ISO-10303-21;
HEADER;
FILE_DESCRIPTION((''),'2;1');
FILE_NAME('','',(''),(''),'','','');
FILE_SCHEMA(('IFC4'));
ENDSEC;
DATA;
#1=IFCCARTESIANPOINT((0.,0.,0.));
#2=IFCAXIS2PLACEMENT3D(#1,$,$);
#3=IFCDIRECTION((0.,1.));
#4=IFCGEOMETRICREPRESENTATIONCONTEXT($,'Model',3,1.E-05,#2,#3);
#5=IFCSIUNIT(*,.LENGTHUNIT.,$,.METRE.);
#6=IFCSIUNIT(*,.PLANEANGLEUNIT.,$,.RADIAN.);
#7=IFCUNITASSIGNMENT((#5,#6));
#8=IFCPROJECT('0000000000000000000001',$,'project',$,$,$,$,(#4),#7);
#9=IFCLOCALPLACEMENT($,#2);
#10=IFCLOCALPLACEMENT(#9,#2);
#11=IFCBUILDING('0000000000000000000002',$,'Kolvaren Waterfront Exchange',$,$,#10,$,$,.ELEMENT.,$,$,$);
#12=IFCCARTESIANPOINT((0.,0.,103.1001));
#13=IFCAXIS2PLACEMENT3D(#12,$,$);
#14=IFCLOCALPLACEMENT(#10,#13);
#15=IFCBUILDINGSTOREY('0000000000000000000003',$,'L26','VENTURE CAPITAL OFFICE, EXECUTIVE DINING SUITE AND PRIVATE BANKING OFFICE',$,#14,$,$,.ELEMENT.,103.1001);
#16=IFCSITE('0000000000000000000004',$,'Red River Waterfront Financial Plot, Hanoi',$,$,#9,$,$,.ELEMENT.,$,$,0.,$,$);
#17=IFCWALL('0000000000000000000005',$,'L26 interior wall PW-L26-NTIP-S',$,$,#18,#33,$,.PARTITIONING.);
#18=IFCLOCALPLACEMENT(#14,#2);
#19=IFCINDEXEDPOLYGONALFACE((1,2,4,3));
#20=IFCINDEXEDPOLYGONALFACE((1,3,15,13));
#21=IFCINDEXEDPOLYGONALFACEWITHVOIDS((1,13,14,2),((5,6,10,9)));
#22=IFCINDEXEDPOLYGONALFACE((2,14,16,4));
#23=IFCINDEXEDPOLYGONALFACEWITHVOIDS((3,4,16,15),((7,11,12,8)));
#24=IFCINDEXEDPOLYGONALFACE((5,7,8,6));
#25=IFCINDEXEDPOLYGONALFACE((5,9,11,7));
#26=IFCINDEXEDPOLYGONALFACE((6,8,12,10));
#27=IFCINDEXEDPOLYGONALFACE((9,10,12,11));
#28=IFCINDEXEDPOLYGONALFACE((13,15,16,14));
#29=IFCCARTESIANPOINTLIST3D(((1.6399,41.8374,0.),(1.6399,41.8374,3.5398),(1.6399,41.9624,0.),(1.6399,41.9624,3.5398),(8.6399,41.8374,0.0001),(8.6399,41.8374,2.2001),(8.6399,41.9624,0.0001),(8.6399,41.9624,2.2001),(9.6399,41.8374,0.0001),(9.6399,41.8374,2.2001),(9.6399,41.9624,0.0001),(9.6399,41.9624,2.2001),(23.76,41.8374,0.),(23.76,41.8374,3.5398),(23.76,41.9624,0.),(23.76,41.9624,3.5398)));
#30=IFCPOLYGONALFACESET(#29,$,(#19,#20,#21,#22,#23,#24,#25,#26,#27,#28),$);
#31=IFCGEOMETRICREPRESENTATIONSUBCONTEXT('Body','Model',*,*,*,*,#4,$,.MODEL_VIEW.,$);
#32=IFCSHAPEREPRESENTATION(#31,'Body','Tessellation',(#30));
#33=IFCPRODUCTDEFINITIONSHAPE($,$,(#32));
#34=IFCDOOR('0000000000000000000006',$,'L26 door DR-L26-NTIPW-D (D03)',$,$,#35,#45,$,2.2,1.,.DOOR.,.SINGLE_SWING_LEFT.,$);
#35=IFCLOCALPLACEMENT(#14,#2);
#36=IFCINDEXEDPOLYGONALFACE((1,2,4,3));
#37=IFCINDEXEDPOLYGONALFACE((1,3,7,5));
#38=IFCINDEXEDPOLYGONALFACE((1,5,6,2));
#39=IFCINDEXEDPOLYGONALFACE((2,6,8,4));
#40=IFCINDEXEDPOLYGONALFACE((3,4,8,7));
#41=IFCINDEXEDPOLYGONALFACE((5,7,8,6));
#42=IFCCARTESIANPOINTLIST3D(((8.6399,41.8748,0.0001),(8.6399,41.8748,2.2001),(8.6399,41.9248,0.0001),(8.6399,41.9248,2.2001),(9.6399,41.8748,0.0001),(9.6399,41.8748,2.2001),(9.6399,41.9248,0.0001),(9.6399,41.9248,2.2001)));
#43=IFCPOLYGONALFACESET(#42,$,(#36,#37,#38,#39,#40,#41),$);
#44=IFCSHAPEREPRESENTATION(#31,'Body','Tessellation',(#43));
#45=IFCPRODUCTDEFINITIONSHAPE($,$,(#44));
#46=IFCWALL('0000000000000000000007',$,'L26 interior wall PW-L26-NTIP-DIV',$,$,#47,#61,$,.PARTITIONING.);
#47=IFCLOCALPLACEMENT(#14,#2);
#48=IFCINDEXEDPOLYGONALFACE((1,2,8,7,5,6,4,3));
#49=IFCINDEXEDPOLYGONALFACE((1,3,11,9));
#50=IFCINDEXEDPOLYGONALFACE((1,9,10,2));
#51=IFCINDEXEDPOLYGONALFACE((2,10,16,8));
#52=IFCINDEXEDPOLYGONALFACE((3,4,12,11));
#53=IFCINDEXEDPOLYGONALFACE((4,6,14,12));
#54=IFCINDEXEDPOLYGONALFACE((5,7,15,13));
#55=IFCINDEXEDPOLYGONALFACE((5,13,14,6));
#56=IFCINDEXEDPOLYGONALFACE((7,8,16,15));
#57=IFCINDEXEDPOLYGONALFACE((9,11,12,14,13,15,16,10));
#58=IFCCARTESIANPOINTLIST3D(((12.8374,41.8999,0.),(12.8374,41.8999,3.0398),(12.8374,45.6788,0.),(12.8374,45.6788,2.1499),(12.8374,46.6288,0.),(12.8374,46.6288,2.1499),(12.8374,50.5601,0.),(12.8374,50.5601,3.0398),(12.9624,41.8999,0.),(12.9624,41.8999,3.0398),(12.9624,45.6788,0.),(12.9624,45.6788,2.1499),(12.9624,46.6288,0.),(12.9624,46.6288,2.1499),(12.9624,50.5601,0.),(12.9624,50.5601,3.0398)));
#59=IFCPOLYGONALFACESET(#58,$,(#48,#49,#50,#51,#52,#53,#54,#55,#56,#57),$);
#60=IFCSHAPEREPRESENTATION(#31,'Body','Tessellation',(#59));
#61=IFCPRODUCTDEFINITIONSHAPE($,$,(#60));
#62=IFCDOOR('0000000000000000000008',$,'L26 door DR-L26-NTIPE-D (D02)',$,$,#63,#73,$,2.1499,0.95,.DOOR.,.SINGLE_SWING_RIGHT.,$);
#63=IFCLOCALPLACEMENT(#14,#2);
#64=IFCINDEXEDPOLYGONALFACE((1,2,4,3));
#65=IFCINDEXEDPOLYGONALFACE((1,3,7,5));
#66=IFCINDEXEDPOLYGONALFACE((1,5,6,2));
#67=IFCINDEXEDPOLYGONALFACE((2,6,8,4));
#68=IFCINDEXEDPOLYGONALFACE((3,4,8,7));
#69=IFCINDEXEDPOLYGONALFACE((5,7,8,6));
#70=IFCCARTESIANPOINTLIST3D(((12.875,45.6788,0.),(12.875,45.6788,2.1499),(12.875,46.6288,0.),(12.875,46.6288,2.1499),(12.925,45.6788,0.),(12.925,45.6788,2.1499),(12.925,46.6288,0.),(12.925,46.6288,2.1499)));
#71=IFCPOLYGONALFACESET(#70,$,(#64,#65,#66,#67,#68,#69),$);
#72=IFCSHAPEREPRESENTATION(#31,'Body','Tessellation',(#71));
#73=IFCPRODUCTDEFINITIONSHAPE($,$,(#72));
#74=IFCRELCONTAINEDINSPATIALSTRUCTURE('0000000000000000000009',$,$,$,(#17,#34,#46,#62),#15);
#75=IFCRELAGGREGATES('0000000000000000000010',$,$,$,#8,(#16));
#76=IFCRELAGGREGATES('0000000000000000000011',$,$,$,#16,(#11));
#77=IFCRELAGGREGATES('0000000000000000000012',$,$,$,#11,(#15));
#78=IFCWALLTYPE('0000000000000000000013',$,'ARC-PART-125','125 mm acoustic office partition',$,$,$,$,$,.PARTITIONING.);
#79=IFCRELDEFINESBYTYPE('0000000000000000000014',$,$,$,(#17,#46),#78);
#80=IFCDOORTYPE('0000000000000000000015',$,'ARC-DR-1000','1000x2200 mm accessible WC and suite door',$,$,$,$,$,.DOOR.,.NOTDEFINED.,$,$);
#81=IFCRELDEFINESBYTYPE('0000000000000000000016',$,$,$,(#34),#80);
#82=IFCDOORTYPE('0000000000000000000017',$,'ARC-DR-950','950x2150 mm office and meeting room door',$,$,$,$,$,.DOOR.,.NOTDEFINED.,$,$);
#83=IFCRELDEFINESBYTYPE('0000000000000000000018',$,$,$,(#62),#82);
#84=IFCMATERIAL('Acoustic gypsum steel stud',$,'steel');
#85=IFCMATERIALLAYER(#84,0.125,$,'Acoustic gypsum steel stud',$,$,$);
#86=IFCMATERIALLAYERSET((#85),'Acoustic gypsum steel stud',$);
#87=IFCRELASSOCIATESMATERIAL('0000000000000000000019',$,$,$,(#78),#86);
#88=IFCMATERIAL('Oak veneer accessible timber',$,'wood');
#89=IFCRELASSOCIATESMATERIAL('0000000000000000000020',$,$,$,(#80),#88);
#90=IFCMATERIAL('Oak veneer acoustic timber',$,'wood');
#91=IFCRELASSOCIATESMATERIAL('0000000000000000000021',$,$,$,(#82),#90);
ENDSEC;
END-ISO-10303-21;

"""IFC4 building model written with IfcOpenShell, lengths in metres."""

from ifc_helpers import new_model, si_unit, direction, frame, frame_2d, origin, place, context, subcontext, project, spatial, rectangle, extrude, material, layer, layer_set, type_object, element, fill, save


model = new_model("IFC4")

# Units and contexts
model_context = context("Model", 3, precision=1e-05, world=origin(), true_north=direction((0.0, 1.0)))
body_context = subcontext(model_context, "Body", "Model", "MODEL_VIEW")
ifc_project = project(units=[si_unit("LENGTHUNIT", "METRE"), si_unit("PLANEANGLEUNIT", "RADIAN")], contexts=[model_context])

# Site, building, storey
site_placement = place(None, origin())
site = spatial("IfcSite", under=ifc_project, at=site_placement, Name="Red River Waterfront Financial Plot, Hanoi", CompositionType="ELEMENT", RefElevation=0.0)
building_placement = place(site_placement, origin())
building = spatial("IfcBuilding", under=site, at=building_placement, Name="Kolvaren Waterfront Exchange", CompositionType="ELEMENT")
storey_placement = place(building_placement, frame((0.0, 0.0, 103.1001)))
storey = spatial("IfcBuildingStorey", under=building, at=storey_placement, Name="L26", Description="VENTURE CAPITAL OFFICE, EXECUTIVE DINING SUITE AND PRIVATE BANKING OFFICE", CompositionType="ELEMENT", Elevation=103.1001)

# Walls, openings, doors
ifc_material_1 = material(Name="Acoustic gypsum steel stud", Category="steel")
ifc_layer_1 = layer(ifc_material_1, 0.125, Name="Acoustic gypsum steel stud")
ifc_layer_set_1 = layer_set([ifc_layer_1], Name="Acoustic gypsum steel stud")
wall_type_1 = type_object("IfcWallType", Name="ARC-PART-125", Description="125 mm acoustic office partition", PredefinedType="PARTITIONING", material=ifc_layer_set_1)
wall_1_placement = place(storey_placement, frame((1.6399, 41.8999, 0.0), z_axis=(0.0, 0.0, 1.0), x_axis=(1.0, 0.0, 0.0)))
wall_1 = element("IfcWall", 1, at=wall_1_placement, inside=storey, type_object=wall_type_1, Name="L26 interior wall PW-L26-NTIP-S", PredefinedType="PARTITIONING", context=body_context, shape_type="SweptSolid", body=[
    extrude(rectangle(XDim=22.1201, YDim=0.125, at=frame_2d((11.0601, 0.0))), origin(), (0.0, 0.0, 1.0), 3.5398),
])
opening_1_placement = place(wall_1_placement, frame((7.0, 0.0, 0.0)))
opening_1 = element("IfcOpeningElement", 2, at=opening_1_placement, cuts=wall_1, PredefinedType="OPENING", context=body_context, shape_type="SweptSolid", body=[
    extrude(rectangle(XDim=1.0, YDim=2.2, at=frame_2d((0.5, 1.1001))), frame((0.0, 0.0725, 0.0), z_axis=(0.0, -1.0, 0.0), x_axis=(1.0, 0.0, 0.0)), (0.0, 0.0, 1.0), 0.145),
])
ifc_material_2 = material(Name="Oak veneer accessible timber", Category="wood")
door_type_1 = type_object("IfcDoorType", Name="ARC-DR-1000", Description="1000x2200 mm accessible WC and suite door", OperationType="NOTDEFINED", PredefinedType="DOOR", material=ifc_material_2)
door_1_placement = place(opening_1_placement, origin())
door_1 = element("IfcDoor", 3, at=door_1_placement, inside=storey, type_object=door_type_1, Name="L26 door DR-L26-NTIPW-D (D03)", OperationType="SINGLE_SWING_LEFT", OverallHeight=2.2, OverallWidth=1.0, PredefinedType="DOOR", context=body_context, shape_type="SweptSolid", body=[
    extrude(rectangle(XDim=1.0, YDim=2.2, at=frame_2d((0.5, 1.1001))), frame((0.0, 0.0249, 0.0), z_axis=(0.0, -1.0, 0.0), x_axis=(1.0, 0.0, 0.0)), (0.0, 0.0, 1.0), 0.05),
])
fill(opening_1, door_1)
wall_2_placement = place(storey_placement, frame((12.8999, 41.8999, 0.0), z_axis=(0.0, 0.0, 1.0), x_axis=(0.0, 1.0, 0.0)))
wall_2 = element("IfcWall", 4, at=wall_2_placement, inside=storey, type_object=wall_type_1, Name="L26 interior wall PW-L26-NTIP-DIV", PredefinedType="PARTITIONING", context=body_context, shape_type="SweptSolid", body=[
    extrude(rectangle(XDim=8.6602, YDim=0.125, at=frame_2d((4.3301, 0.0))), origin(), (0.0, 0.0, 1.0), 3.0398),
])
opening_2_placement = place(wall_2_placement, frame((3.7788, 0.0, 0.0)))
opening_2 = element("IfcOpeningElement", 5, at=opening_2_placement, cuts=wall_2, PredefinedType="OPENING", context=body_context, shape_type="SweptSolid", body=[
    extrude(rectangle(XDim=0.95, YDim=2.1499, at=frame_2d((0.4751, 1.075))), frame((0.0, 0.0725, 0.0), z_axis=(0.0, -1.0, 0.0), x_axis=(1.0, 0.0, 0.0)), (0.0, 0.0, 1.0), 0.145),
])
ifc_material_3 = material(Name="Oak veneer acoustic timber", Category="wood")
door_type_2 = type_object("IfcDoorType", Name="ARC-DR-950", Description="950x2150 mm office and meeting room door", OperationType="NOTDEFINED", PredefinedType="DOOR", material=ifc_material_3)
door_2_placement = place(opening_2_placement, origin())
door_2 = element("IfcDoor", 6, at=door_2_placement, inside=storey, type_object=door_type_2, Name="L26 door DR-L26-NTIPE-D (D02)", OperationType="SINGLE_SWING_RIGHT", OverallHeight=2.1499, OverallWidth=0.95, PredefinedType="DOOR", context=body_context, shape_type="SweptSolid", body=[
    extrude(rectangle(XDim=0.95, YDim=2.1499, at=frame_2d((0.4751, 1.075))), frame((0.0, 0.0249, 0.0), z_axis=(0.0, -1.0, 0.0), x_axis=(1.0, 0.0, 0.0)), (0.0, 0.0, 1.0), 0.05),
])
fill(opening_2, door_2)

save(model, "model.ifc")
